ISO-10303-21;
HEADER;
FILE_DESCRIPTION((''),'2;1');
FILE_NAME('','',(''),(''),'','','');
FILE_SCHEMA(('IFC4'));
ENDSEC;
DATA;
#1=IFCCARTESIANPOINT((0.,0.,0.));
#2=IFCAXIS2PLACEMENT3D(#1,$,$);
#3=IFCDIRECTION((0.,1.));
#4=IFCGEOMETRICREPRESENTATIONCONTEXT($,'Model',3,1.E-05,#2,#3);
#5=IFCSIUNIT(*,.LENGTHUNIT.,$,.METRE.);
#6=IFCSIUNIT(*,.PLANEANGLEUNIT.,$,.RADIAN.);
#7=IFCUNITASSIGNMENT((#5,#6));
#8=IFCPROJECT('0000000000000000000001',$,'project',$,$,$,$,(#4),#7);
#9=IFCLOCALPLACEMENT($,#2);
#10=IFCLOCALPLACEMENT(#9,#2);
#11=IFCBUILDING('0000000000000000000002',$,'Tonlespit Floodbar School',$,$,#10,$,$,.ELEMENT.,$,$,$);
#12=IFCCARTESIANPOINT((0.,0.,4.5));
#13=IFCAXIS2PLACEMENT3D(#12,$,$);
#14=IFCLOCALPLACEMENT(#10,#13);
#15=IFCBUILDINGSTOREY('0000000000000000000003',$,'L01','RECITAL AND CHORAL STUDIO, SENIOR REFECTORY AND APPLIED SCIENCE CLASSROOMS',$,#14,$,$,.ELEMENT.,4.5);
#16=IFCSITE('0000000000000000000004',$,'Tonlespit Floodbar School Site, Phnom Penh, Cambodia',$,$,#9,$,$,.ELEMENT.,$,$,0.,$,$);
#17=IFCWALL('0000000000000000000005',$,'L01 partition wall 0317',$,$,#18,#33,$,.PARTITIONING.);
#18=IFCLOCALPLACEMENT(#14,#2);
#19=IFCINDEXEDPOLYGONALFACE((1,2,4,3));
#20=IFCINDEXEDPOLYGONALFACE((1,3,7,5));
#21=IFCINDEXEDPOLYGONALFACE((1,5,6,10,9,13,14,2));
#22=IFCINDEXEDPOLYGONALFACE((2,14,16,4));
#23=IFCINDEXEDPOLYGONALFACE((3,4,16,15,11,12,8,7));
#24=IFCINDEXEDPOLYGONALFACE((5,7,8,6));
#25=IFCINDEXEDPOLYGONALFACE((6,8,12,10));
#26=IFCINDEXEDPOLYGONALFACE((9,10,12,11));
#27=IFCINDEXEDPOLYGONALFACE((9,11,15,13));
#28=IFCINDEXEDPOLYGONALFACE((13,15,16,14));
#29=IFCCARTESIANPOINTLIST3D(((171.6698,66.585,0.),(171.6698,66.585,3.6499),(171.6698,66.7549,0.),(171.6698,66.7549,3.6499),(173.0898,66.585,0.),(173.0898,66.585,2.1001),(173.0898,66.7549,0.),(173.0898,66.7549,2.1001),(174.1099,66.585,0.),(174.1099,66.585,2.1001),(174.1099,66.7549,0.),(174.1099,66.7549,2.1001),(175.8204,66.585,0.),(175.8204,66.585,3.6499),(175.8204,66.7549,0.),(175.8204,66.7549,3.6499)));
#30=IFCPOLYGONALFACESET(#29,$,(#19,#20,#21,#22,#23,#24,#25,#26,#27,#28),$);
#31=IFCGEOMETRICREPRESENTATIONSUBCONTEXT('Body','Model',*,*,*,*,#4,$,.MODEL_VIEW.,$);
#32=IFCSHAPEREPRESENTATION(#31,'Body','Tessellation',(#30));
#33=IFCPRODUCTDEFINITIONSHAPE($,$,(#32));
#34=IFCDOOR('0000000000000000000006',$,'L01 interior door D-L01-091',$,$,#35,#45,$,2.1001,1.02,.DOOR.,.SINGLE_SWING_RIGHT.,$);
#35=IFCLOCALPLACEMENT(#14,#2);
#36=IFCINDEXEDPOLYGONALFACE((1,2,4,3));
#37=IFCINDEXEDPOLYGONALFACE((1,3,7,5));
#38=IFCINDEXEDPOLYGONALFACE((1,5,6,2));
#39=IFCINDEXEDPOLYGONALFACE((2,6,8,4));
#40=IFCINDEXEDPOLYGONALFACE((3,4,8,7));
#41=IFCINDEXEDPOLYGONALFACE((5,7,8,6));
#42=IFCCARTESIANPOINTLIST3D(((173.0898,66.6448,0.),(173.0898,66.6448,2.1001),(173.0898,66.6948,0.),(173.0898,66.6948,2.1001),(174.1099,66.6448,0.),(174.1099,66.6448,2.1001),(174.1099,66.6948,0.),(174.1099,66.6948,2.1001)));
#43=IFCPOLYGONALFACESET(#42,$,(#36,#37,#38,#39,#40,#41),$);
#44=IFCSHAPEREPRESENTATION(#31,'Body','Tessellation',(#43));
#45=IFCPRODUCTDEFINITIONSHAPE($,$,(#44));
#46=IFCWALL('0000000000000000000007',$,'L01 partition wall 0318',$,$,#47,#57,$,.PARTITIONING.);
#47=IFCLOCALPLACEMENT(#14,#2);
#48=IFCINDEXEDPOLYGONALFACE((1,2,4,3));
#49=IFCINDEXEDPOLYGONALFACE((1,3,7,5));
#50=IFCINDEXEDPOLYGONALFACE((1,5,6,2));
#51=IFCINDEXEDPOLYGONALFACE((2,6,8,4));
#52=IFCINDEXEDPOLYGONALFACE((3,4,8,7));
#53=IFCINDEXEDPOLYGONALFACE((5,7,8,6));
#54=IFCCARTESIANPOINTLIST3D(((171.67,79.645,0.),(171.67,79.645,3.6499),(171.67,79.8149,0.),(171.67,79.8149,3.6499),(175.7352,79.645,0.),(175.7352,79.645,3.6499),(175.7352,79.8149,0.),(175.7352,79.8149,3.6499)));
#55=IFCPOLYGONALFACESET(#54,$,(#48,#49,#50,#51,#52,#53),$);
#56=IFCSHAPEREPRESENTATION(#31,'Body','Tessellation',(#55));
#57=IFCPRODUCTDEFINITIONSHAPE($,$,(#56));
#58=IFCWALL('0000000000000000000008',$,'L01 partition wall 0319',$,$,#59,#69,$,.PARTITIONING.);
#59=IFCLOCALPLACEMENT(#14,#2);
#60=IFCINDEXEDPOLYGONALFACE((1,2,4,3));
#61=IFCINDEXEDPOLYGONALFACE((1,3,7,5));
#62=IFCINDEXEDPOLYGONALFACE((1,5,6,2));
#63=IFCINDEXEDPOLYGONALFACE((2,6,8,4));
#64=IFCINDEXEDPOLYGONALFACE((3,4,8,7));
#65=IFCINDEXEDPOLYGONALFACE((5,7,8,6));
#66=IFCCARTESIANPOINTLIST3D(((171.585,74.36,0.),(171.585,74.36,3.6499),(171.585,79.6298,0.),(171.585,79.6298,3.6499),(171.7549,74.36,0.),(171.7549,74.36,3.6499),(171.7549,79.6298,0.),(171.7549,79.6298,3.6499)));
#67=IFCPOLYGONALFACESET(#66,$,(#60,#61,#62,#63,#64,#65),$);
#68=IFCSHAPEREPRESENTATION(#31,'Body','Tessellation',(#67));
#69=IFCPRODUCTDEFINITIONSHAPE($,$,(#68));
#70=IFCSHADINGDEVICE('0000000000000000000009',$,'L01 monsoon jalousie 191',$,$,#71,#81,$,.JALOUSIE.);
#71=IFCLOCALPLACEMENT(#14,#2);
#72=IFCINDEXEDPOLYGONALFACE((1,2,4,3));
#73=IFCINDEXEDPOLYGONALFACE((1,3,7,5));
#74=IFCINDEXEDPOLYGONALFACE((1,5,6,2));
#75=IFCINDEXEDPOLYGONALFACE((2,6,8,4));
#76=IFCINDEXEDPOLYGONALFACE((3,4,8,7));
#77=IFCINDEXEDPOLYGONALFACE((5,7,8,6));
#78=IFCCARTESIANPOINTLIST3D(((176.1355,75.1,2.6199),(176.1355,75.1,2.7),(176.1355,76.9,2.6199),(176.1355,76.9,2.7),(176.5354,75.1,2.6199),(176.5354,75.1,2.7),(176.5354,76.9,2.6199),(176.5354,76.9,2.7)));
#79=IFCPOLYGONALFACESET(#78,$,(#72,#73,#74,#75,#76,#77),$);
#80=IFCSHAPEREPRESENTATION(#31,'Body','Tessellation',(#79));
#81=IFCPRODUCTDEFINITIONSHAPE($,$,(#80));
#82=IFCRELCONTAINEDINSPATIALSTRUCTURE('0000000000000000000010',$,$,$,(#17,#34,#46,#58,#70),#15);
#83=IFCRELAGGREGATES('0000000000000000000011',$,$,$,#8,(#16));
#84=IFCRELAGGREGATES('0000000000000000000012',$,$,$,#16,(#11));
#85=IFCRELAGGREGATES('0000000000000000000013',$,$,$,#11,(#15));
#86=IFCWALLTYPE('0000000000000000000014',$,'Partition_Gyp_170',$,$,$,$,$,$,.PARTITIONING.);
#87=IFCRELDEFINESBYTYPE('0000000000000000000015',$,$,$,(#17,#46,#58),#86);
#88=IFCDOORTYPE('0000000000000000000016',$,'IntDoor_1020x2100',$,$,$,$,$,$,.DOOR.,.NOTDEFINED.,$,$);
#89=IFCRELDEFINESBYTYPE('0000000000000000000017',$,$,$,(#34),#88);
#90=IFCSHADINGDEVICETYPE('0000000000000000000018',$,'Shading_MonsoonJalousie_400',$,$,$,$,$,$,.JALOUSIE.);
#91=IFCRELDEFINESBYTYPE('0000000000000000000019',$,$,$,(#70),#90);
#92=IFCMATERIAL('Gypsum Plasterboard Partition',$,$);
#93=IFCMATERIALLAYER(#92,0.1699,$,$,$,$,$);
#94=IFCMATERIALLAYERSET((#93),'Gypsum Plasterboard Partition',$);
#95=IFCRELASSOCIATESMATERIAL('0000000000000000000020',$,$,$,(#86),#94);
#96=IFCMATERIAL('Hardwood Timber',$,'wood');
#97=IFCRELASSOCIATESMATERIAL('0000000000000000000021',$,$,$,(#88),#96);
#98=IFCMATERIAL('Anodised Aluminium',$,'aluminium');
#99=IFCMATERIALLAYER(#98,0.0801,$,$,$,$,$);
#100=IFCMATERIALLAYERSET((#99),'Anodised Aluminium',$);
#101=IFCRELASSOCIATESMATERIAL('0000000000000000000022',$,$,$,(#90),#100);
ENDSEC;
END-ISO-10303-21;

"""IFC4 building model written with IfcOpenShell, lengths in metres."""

from ifc_helpers import new_model, si_unit, direction, frame, frame_2d, origin, origin_2d, place, context, subcontext, project, spatial, rectangle, extrude, material, layer, layer_set, type_object, element, fill, save


model = new_model("IFC4")

# Units and contexts
model_context = context("Model", 3, precision=1e-05, world=origin(), true_north=direction((0.0, 1.0)))
body_context = subcontext(model_context, "Body", "Model", "MODEL_VIEW")
ifc_project = project(units=[si_unit("LENGTHUNIT", "METRE"), si_unit("PLANEANGLEUNIT", "RADIAN")], contexts=[model_context])

# Site, building, storey
site_placement = place(None, origin())
site = spatial("IfcSite", under=ifc_project, at=site_placement, Name="Tonlespit Floodbar School Site, Phnom Penh, Cambodia", CompositionType="ELEMENT", RefElevation=0.0)
building_placement = place(site_placement, origin())
building = spatial("IfcBuilding", under=site, at=building_placement, Name="Tonlespit Floodbar School", CompositionType="ELEMENT")
storey_placement = place(building_placement, frame((0.0, 0.0, 4.5)))
storey = spatial("IfcBuildingStorey", under=building, at=storey_placement, Name="L01", Description="RECITAL AND CHORAL STUDIO, SENIOR REFECTORY AND APPLIED SCIENCE CLASSROOMS", CompositionType="ELEMENT", Elevation=4.5)

# Shared definitions
ifc_material_1 = material(Name="Anodised Aluminium", Category="aluminium")

# Shared definitions
ifc_material_2 = material(Name="Gypsum Plasterboard Partition")

# Wall, opening, door
ifc_layer_1 = layer(ifc_material_2, 0.1699)
ifc_layer_set_1 = layer_set([ifc_layer_1], Name="Gypsum Plasterboard Partition")
wall_type_1 = type_object("IfcWallType", Name="Partition_Gyp_170", PredefinedType="PARTITIONING", material=ifc_layer_set_1)
wall_1_placement = place(storey_placement, frame((171.6699, 66.6699, 0.0), z_axis=(0.0, 0.0, 1.0), x_axis=(1.0, 0.0, 0.0)))
wall_1 = element("IfcWall", 1, at=wall_1_placement, inside=storey, type_object=wall_type_1, Name="L01 partition wall 0317", PredefinedType="PARTITIONING", context=body_context, shape_type="SweptSolid", body=[
    extrude(rectangle(XDim=4.1506, YDim=0.1699, at=frame_2d((2.0752, 0.0))), origin(), (0.0, 0.0, 1.0), 3.6499),
])
opening_1_placement = place(wall_1_placement, frame((1.4199, 0.0, 0.0)))
opening_1 = element("IfcOpeningElement", 2, at=opening_1_placement, cuts=wall_1, PredefinedType="OPENING", context=body_context, shape_type="SweptSolid", body=[
    extrude(rectangle(XDim=1.02, YDim=2.1001, at=frame_2d((0.51, 1.05))), frame((0.0, 0.095, 0.0), z_axis=(0.0, -1.0, 0.0), x_axis=(1.0, 0.0, 0.0)), (0.0, 0.0, 1.0), 0.1899),
])
ifc_material_3 = material(Name="Hardwood Timber", Category="wood")
door_type = type_object("IfcDoorType", Name="IntDoor_1020x2100", OperationType="NOTDEFINED", PredefinedType="DOOR", material=ifc_material_3)
door_placement = place(opening_1_placement, origin())
door = element("IfcDoor", 3, at=door_placement, inside=storey, type_object=door_type, Name="L01 interior door D-L01-091", OperationType="SINGLE_SWING_RIGHT", OverallHeight=2.1001, OverallWidth=1.02, PredefinedType="DOOR", context=body_context, shape_type="SweptSolid", body=[
    extrude(rectangle(XDim=1.02, YDim=2.1001, at=frame_2d((0.51, 1.05))), frame((0.0, 0.0249, 0.0), z_axis=(0.0, -1.0, 0.0), x_axis=(1.0, 0.0, 0.0)), (0.0, 0.0, 1.0), 0.05),
])
fill(opening_1, door)

# Walls
wall_2_placement = place(storey_placement, frame((171.6699, 79.73, 0.0), z_axis=(0.0, 0.0, 1.0), x_axis=(1.0, 0.0, 0.0)))
element("IfcWall", 4, at=wall_2_placement, inside=storey, type_object=wall_type_1, Name="L01 partition wall 0318", PredefinedType="PARTITIONING", context=body_context, shape_type="SweptSolid", body=[
    extrude(rectangle(XDim=4.0652, YDim=0.1699, at=frame_2d((2.0327, 0.0))), origin(), (0.0, 0.0, 1.0), 3.6499),
])
wall_3_placement = place(storey_placement, frame((171.6699, 74.3601, 0.0), z_axis=(0.0, 0.0, 1.0), x_axis=(0.0, 1.0, 0.0)))
element("IfcWall", 5, at=wall_3_placement, inside=storey, type_object=wall_type_1, Name="L01 partition wall 0319", PredefinedType="PARTITIONING", context=body_context, shape_type="SweptSolid", body=[
    extrude(rectangle(XDim=5.2698, YDim=0.1699, at=frame_2d((2.6348, 0.0))), origin(), (0.0, 0.0, 1.0), 3.6499),
])

# Shading device
ifc_layer_2 = layer(ifc_material_1, 0.0801)
ifc_layer_set_2 = layer_set([ifc_layer_2], Name="Anodised Aluminium")
shading_device_type = type_object("IfcShadingDeviceType", Name="Shading_MonsoonJalousie_400", PredefinedType="JALOUSIE", material=ifc_layer_set_2)
shading_device_placement = place(storey_placement, frame((176.3354, 76.0, 2.6199), z_axis=(0.0, 0.0, 1.0), x_axis=(0.0, -1.0, 0.0)))
element("IfcShadingDevice", 6, at=shading_device_placement, inside=storey, type_object=shading_device_type, Name="L01 monsoon jalousie 191", PredefinedType="JALOUSIE", context=body_context, shape_type="SweptSolid", body=[
    extrude(rectangle(XDim=1.8, YDim=0.3999, at=origin_2d()), origin(), (0.0, 0.0, 1.0), 0.0801),
])

save(model, "model.ifc")
